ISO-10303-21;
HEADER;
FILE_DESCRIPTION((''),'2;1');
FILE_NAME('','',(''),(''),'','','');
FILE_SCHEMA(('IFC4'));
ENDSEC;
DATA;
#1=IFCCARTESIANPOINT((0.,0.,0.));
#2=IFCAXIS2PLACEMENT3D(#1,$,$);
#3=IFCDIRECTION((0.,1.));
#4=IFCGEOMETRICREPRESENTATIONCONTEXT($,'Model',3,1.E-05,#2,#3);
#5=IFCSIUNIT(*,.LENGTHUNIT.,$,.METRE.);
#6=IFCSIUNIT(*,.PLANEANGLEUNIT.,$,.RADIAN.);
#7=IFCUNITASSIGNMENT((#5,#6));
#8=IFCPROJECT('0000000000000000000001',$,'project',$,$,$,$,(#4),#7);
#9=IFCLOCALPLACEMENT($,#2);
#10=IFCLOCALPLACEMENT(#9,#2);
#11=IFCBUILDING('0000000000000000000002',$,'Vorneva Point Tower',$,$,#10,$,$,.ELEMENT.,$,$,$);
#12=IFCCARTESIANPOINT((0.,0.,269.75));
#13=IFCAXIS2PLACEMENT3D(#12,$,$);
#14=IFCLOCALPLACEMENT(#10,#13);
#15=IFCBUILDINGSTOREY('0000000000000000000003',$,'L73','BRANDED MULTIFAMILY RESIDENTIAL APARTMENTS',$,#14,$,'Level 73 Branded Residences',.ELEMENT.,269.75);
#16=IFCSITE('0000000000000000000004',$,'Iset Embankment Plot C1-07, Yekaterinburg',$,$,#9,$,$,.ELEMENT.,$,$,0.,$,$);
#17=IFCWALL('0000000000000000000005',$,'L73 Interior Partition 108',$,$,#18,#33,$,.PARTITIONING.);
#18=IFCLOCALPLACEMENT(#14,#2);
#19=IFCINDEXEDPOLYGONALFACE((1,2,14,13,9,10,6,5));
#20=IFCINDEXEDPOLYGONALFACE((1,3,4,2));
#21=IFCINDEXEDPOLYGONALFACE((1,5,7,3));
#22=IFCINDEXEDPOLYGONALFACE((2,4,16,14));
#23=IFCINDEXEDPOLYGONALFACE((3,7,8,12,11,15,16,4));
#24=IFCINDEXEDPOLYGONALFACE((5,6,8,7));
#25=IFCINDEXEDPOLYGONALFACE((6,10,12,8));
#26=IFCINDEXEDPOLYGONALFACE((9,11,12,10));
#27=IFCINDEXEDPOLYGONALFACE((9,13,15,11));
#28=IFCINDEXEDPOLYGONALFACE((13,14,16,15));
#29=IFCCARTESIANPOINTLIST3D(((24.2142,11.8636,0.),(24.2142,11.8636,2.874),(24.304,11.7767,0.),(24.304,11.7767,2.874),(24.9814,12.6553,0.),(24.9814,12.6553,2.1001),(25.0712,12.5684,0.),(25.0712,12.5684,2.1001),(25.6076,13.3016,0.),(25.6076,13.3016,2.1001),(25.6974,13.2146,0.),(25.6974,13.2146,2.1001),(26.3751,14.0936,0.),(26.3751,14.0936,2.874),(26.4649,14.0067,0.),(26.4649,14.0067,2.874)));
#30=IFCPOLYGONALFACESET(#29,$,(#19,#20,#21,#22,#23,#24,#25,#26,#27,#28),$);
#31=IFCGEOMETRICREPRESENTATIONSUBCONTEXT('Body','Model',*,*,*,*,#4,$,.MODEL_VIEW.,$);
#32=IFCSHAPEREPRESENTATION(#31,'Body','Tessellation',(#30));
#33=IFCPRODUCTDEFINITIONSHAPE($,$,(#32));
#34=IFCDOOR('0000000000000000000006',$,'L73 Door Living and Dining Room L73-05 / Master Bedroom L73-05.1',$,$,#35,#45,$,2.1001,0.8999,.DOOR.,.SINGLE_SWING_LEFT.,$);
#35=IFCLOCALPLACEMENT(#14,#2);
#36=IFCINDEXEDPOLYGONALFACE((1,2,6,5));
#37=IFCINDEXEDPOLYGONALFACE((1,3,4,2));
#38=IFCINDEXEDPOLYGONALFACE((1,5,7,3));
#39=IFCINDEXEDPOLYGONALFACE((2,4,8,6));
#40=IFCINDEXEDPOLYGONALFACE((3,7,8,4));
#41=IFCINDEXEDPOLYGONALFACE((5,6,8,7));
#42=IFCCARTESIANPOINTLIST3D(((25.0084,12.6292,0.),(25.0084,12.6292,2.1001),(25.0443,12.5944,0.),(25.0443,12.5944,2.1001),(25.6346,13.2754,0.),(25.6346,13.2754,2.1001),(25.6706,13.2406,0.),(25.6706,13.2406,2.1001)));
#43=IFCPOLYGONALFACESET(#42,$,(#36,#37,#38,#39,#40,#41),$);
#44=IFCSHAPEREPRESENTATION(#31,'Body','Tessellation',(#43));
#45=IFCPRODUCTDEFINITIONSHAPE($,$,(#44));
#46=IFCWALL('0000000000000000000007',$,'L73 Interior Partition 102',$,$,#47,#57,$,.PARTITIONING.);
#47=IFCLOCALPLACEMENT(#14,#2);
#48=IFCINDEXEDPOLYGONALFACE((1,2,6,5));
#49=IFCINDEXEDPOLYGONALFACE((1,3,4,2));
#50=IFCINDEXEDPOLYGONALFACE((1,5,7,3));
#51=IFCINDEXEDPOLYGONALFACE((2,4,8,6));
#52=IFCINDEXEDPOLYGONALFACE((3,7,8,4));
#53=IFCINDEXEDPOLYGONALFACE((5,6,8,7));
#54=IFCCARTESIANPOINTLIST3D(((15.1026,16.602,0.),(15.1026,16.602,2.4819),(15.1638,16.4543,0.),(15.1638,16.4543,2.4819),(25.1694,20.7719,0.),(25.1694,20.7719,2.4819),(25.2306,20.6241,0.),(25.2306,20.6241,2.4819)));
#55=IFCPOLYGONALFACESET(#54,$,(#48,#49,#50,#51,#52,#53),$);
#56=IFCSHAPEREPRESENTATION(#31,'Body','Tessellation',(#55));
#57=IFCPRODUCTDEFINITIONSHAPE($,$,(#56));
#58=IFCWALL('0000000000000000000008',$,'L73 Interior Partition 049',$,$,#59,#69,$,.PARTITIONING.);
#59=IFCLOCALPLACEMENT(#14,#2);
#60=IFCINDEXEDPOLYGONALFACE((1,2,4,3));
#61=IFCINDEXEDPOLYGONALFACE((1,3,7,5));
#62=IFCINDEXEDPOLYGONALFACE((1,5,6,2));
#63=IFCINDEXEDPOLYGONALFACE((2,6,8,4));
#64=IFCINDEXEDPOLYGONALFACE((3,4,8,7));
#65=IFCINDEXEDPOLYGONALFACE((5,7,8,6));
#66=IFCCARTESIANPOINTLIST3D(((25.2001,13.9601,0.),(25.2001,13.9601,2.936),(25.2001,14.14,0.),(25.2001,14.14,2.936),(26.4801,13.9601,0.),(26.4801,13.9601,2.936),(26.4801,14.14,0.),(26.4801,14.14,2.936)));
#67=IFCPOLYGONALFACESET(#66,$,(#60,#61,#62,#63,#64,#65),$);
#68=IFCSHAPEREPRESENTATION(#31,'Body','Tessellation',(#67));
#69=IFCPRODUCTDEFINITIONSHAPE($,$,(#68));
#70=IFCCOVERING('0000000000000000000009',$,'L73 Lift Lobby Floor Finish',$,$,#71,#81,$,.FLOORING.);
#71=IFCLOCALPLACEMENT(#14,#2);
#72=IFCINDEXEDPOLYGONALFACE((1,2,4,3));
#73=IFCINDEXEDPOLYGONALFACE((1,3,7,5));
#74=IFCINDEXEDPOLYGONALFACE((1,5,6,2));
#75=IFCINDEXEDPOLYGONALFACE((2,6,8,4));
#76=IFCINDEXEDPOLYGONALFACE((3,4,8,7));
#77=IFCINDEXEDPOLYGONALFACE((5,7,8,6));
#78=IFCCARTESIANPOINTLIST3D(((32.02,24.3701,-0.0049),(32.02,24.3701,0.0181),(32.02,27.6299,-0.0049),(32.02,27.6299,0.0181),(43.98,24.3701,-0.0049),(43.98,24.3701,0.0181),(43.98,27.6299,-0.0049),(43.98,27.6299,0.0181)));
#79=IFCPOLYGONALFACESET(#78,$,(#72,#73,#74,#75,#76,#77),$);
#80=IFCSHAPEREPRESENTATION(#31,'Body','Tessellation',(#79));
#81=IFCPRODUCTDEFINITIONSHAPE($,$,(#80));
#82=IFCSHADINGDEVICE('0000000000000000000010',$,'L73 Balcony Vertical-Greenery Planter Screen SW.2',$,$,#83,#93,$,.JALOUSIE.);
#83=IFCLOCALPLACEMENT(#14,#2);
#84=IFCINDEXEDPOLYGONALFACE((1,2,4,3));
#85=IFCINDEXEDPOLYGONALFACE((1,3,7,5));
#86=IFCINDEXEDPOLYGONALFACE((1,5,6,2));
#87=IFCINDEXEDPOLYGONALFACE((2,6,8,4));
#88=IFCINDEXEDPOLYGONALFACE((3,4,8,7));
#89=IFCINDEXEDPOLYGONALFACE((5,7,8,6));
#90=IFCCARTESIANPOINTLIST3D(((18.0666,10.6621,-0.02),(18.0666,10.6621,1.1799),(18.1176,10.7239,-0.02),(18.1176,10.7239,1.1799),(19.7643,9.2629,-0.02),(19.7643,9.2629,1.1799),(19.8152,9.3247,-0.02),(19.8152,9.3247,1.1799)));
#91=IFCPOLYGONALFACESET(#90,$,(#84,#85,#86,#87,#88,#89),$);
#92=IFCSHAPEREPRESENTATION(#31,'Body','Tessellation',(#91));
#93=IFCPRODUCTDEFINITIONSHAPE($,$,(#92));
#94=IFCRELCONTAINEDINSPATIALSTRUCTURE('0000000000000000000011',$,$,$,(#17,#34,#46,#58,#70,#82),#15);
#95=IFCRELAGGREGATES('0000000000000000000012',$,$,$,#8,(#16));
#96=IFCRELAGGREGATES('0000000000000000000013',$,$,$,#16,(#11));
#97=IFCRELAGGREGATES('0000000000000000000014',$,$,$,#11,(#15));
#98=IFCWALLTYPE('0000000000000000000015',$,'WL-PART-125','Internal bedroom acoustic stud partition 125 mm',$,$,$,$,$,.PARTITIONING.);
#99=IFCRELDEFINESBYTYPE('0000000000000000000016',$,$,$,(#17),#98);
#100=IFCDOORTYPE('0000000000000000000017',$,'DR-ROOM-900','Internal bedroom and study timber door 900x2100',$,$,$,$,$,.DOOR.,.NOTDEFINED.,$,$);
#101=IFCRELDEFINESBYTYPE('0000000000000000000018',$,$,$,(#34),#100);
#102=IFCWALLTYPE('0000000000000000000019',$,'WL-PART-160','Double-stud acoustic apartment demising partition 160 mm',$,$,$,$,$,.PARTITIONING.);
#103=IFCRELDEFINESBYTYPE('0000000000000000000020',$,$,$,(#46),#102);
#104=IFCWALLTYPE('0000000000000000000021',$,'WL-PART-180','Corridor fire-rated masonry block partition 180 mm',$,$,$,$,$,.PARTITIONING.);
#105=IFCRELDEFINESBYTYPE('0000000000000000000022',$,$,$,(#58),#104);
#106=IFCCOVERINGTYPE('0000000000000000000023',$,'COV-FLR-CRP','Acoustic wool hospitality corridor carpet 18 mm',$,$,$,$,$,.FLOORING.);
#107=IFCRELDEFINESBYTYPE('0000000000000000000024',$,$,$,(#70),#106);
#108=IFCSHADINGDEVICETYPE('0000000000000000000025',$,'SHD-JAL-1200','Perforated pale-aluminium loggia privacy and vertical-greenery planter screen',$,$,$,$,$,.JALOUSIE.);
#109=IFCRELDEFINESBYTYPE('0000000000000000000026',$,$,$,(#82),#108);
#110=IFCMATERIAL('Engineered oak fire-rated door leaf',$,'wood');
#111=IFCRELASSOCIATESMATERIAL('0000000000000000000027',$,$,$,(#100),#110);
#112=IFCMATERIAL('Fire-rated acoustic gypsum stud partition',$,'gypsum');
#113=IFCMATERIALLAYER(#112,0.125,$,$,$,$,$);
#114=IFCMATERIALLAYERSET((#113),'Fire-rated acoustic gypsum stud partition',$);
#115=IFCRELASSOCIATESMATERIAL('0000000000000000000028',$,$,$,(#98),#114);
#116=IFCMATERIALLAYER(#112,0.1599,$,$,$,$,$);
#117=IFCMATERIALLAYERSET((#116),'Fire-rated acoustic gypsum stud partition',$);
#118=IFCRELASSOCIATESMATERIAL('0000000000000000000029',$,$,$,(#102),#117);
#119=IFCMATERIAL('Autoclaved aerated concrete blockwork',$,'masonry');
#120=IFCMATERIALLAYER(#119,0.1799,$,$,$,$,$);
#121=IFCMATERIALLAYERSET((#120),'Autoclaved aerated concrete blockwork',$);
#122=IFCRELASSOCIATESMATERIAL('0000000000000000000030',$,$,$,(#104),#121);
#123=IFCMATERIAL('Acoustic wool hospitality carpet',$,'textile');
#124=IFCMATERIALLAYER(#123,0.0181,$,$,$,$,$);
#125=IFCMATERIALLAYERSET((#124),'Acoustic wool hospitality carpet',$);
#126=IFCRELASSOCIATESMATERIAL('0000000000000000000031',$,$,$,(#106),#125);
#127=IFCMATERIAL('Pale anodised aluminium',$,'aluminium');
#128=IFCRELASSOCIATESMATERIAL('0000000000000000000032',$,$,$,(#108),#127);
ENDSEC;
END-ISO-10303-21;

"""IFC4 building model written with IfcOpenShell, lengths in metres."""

from ifc_helpers import new_model, si_unit, direction, frame, frame_2d, origin, origin_2d, place, context, subcontext, project, spatial, polyline, rectangle, outline, extrude, material, layer, layer_set, type_object, element, fill, save


model = new_model("IFC4")

# Units and contexts
model_context = context("Model", 3, precision=1e-05, world=origin(), true_north=direction((0.0, 1.0)))
body_context = subcontext(model_context, "Body", "Model", "MODEL_VIEW")
ifc_project = project(units=[si_unit("LENGTHUNIT", "METRE"), si_unit("PLANEANGLEUNIT", "RADIAN")], contexts=[model_context])

# Site, building, storey
site_placement = place(None, origin())
site = spatial("IfcSite", under=ifc_project, at=site_placement, Name="Iset Embankment Plot C1-07, Yekaterinburg", CompositionType="ELEMENT", RefElevation=0.0)
building_placement = place(site_placement, origin())
building = spatial("IfcBuilding", under=site, at=building_placement, Name="Vorneva Point Tower", CompositionType="ELEMENT")
storey_placement = place(building_placement, frame((0.0, 0.0, 269.75)))
storey = spatial("IfcBuildingStorey", under=building, at=storey_placement, Name="L73", Description="BRANDED MULTIFAMILY RESIDENTIAL APARTMENTS", LongName="Level 73 Branded Residences", CompositionType="ELEMENT", Elevation=269.75)

# Shared definitions
ifc_material_1 = material(Name="Pale anodised aluminium", Category="aluminium")

# Shared definitions
ifc_material_2 = material(Name="Fire-rated acoustic gypsum stud partition", Category="gypsum")

# Shared definitions
ifc_material_3 = material(Name="Engineered oak fire-rated door leaf", Category="wood")
door_type_1 = type_object("IfcDoorType", Name="DR-ROOM-900", Description="Internal bedroom and study timber door 900x2100", OperationType="NOTDEFINED", PredefinedType="DOOR", material=ifc_material_3)

# Wall, opening, door
ifc_layer_1 = layer(ifc_material_2, 0.125)
ifc_layer_set_1 = layer_set([ifc_layer_1], Name="Fire-rated acoustic gypsum stud partition")
wall_type_1 = type_object("IfcWallType", Name="WL-PART-125", Description="Internal bedroom acoustic stud partition 125 mm", PredefinedType="PARTITIONING", material=ifc_layer_set_1)
wall_1_placement = place(storey_placement, frame((24.259, 11.8201, 0.0), z_axis=(0.0, 0.0, 1.0), x_axis=(0.695894, 0.718144, 0.0)))
wall_1 = element("IfcWall", 1, at=wall_1_placement, inside=storey, type_object=wall_type_1, Name="L73 Interior Partition 108", PredefinedType="PARTITIONING", context=body_context, shape_type="SweptSolid", body=[
    extrude(rectangle(XDim=3.1052, YDim=0.125, at=frame_2d((1.5527, 0.0))), origin(), (0.0, 0.0, 1.0), 2.874),
])
opening_1_placement = place(wall_1_placement, frame((1.1025, 0.0, 0.0)))
opening_1 = element("IfcOpeningElement", 2, at=opening_1_placement, cuts=wall_1, PredefinedType="OPENING", context=body_context, shape_type="SweptSolid", body=[
    extrude(rectangle(XDim=0.8999, YDim=2.1001, at=frame_2d((0.45, 1.05))), frame((0.0, 0.0774, 0.0), z_axis=(0.0, -1.0, 0.0), x_axis=(1.0, 0.0, 0.0)), (0.0, 0.0, 1.0), 0.1548),
])
door_1_placement = place(opening_1_placement, origin())
door_1 = element("IfcDoor", 3, at=door_1_placement, inside=storey, type_object=door_type_1, Name="L73 Door Living and Dining Room L73-05 / Master Bedroom L73-05.1", OperationType="SINGLE_SWING_LEFT", OverallHeight=2.1001, OverallWidth=0.8999, PredefinedType="DOOR", context=body_context, shape_type="SweptSolid", body=[
    extrude(rectangle(XDim=0.8999, YDim=2.1001, at=frame_2d((0.45, 1.05))), frame((0.0, 0.0249, 0.0), z_axis=(0.0, -1.0, 0.0), x_axis=(1.0, 0.0, 0.0)), (0.0, 0.0, 1.0), 0.05),
])
fill(opening_1, door_1)

# Walls
ifc_layer_2 = layer(ifc_material_2, 0.1599)
ifc_layer_set_2 = layer_set([ifc_layer_2], Name="Fire-rated acoustic gypsum stud partition")
wall_type_2 = type_object("IfcWallType", Name="WL-PART-160", Description="Double-stud acoustic apartment demising partition 160 mm", PredefinedType="PARTITIONING", material=ifc_layer_set_2)
wall_2_placement = place(storey_placement, frame((15.1331, 16.5281, 0.0), z_axis=(0.0, 0.0, 1.0), x_axis=(0.923877, 0.38269, 0.0)))
element("IfcWall", 4, at=wall_2_placement, inside=storey, type_object=wall_type_2, Name="L73 Interior Partition 102", PredefinedType="PARTITIONING", context=body_context, shape_type="SweptSolid", body=[
    extrude(rectangle(XDim=10.8962, YDim=0.1599, at=frame_2d((5.4482, 0.0))), origin(), (0.0, 0.0, 1.0), 2.4819),
])
ifc_material_4 = material(Name="Autoclaved aerated concrete blockwork", Category="masonry")
ifc_layer_3 = layer(ifc_material_4, 0.1799)
ifc_layer_set_3 = layer_set([ifc_layer_3], Name="Autoclaved aerated concrete blockwork")
wall_type_3 = type_object("IfcWallType", Name="WL-PART-180", Description="Corridor fire-rated masonry block partition 180 mm", PredefinedType="PARTITIONING", material=ifc_layer_set_3)
wall_3_placement = place(storey_placement, frame((25.2, 14.05, 0.0), z_axis=(0.0, 0.0, 1.0), x_axis=(1.0, 0.0, 0.0)))
element("IfcWall", 5, at=wall_3_placement, inside=storey, type_object=wall_type_3, Name="L73 Interior Partition 049", PredefinedType="PARTITIONING", context=body_context, shape_type="SweptSolid", body=[
    extrude(rectangle(XDim=1.28, YDim=0.1799, at=frame_2d((0.6401, 0.0))), origin(), (0.0, 0.0, 1.0), 2.936),
])

# Covering
ifc_material_5 = material(Name="Acoustic wool hospitality carpet", Category="textile")
ifc_layer_4 = layer(ifc_material_5, 0.0181)
ifc_layer_set_4 = layer_set([ifc_layer_4], Name="Acoustic wool hospitality carpet")
covering_type = type_object("IfcCoveringType", Name="COV-FLR-CRP", Description="Acoustic wool hospitality corridor carpet 18 mm", PredefinedType="FLOORING", material=ifc_layer_set_4)
covering_placement = place(storey_placement, frame((0.0, 0.0, -0.0049)))
element("IfcCovering", 6, at=covering_placement, inside=storey, type_object=covering_type, Name="L73 Lift Lobby Floor Finish", PredefinedType="FLOORING", context=body_context, shape_type="SweptSolid", body=[
    extrude(outline(polyline([(32.02, 24.3701), (43.98, 24.3701), (43.98, 27.6299), (32.02, 27.6299), (32.02, 24.3701)])), origin(), (0.0, 0.0, 1.0), 0.0229),
])

# Shading device
shading_device_type = type_object("IfcShadingDeviceType", Name="SHD-JAL-1200", Description="Perforated pale-aluminium loggia privacy and vertical-greenery planter screen", PredefinedType="JALOUSIE", material=ifc_material_1)
shading_device_placement = place(storey_placement, frame((18.9409, 9.9934, -0.02), z_axis=(0.0, 0.0, 1.0), x_axis=(0.771658, -0.636038, 0.0)))
element("IfcShadingDevice", 7, at=shading_device_placement, inside=storey, type_object=shading_device_type, Name="L73 Balcony Vertical-Greenery Planter Screen SW.2", PredefinedType="JALOUSIE", context=body_context, shape_type="SweptSolid", body=[
    extrude(rectangle(XDim=2.2, YDim=0.0801, at=origin_2d()), origin(), (0.0, 0.0, 1.0), 1.2),
])

save(model, "model.ifc")
